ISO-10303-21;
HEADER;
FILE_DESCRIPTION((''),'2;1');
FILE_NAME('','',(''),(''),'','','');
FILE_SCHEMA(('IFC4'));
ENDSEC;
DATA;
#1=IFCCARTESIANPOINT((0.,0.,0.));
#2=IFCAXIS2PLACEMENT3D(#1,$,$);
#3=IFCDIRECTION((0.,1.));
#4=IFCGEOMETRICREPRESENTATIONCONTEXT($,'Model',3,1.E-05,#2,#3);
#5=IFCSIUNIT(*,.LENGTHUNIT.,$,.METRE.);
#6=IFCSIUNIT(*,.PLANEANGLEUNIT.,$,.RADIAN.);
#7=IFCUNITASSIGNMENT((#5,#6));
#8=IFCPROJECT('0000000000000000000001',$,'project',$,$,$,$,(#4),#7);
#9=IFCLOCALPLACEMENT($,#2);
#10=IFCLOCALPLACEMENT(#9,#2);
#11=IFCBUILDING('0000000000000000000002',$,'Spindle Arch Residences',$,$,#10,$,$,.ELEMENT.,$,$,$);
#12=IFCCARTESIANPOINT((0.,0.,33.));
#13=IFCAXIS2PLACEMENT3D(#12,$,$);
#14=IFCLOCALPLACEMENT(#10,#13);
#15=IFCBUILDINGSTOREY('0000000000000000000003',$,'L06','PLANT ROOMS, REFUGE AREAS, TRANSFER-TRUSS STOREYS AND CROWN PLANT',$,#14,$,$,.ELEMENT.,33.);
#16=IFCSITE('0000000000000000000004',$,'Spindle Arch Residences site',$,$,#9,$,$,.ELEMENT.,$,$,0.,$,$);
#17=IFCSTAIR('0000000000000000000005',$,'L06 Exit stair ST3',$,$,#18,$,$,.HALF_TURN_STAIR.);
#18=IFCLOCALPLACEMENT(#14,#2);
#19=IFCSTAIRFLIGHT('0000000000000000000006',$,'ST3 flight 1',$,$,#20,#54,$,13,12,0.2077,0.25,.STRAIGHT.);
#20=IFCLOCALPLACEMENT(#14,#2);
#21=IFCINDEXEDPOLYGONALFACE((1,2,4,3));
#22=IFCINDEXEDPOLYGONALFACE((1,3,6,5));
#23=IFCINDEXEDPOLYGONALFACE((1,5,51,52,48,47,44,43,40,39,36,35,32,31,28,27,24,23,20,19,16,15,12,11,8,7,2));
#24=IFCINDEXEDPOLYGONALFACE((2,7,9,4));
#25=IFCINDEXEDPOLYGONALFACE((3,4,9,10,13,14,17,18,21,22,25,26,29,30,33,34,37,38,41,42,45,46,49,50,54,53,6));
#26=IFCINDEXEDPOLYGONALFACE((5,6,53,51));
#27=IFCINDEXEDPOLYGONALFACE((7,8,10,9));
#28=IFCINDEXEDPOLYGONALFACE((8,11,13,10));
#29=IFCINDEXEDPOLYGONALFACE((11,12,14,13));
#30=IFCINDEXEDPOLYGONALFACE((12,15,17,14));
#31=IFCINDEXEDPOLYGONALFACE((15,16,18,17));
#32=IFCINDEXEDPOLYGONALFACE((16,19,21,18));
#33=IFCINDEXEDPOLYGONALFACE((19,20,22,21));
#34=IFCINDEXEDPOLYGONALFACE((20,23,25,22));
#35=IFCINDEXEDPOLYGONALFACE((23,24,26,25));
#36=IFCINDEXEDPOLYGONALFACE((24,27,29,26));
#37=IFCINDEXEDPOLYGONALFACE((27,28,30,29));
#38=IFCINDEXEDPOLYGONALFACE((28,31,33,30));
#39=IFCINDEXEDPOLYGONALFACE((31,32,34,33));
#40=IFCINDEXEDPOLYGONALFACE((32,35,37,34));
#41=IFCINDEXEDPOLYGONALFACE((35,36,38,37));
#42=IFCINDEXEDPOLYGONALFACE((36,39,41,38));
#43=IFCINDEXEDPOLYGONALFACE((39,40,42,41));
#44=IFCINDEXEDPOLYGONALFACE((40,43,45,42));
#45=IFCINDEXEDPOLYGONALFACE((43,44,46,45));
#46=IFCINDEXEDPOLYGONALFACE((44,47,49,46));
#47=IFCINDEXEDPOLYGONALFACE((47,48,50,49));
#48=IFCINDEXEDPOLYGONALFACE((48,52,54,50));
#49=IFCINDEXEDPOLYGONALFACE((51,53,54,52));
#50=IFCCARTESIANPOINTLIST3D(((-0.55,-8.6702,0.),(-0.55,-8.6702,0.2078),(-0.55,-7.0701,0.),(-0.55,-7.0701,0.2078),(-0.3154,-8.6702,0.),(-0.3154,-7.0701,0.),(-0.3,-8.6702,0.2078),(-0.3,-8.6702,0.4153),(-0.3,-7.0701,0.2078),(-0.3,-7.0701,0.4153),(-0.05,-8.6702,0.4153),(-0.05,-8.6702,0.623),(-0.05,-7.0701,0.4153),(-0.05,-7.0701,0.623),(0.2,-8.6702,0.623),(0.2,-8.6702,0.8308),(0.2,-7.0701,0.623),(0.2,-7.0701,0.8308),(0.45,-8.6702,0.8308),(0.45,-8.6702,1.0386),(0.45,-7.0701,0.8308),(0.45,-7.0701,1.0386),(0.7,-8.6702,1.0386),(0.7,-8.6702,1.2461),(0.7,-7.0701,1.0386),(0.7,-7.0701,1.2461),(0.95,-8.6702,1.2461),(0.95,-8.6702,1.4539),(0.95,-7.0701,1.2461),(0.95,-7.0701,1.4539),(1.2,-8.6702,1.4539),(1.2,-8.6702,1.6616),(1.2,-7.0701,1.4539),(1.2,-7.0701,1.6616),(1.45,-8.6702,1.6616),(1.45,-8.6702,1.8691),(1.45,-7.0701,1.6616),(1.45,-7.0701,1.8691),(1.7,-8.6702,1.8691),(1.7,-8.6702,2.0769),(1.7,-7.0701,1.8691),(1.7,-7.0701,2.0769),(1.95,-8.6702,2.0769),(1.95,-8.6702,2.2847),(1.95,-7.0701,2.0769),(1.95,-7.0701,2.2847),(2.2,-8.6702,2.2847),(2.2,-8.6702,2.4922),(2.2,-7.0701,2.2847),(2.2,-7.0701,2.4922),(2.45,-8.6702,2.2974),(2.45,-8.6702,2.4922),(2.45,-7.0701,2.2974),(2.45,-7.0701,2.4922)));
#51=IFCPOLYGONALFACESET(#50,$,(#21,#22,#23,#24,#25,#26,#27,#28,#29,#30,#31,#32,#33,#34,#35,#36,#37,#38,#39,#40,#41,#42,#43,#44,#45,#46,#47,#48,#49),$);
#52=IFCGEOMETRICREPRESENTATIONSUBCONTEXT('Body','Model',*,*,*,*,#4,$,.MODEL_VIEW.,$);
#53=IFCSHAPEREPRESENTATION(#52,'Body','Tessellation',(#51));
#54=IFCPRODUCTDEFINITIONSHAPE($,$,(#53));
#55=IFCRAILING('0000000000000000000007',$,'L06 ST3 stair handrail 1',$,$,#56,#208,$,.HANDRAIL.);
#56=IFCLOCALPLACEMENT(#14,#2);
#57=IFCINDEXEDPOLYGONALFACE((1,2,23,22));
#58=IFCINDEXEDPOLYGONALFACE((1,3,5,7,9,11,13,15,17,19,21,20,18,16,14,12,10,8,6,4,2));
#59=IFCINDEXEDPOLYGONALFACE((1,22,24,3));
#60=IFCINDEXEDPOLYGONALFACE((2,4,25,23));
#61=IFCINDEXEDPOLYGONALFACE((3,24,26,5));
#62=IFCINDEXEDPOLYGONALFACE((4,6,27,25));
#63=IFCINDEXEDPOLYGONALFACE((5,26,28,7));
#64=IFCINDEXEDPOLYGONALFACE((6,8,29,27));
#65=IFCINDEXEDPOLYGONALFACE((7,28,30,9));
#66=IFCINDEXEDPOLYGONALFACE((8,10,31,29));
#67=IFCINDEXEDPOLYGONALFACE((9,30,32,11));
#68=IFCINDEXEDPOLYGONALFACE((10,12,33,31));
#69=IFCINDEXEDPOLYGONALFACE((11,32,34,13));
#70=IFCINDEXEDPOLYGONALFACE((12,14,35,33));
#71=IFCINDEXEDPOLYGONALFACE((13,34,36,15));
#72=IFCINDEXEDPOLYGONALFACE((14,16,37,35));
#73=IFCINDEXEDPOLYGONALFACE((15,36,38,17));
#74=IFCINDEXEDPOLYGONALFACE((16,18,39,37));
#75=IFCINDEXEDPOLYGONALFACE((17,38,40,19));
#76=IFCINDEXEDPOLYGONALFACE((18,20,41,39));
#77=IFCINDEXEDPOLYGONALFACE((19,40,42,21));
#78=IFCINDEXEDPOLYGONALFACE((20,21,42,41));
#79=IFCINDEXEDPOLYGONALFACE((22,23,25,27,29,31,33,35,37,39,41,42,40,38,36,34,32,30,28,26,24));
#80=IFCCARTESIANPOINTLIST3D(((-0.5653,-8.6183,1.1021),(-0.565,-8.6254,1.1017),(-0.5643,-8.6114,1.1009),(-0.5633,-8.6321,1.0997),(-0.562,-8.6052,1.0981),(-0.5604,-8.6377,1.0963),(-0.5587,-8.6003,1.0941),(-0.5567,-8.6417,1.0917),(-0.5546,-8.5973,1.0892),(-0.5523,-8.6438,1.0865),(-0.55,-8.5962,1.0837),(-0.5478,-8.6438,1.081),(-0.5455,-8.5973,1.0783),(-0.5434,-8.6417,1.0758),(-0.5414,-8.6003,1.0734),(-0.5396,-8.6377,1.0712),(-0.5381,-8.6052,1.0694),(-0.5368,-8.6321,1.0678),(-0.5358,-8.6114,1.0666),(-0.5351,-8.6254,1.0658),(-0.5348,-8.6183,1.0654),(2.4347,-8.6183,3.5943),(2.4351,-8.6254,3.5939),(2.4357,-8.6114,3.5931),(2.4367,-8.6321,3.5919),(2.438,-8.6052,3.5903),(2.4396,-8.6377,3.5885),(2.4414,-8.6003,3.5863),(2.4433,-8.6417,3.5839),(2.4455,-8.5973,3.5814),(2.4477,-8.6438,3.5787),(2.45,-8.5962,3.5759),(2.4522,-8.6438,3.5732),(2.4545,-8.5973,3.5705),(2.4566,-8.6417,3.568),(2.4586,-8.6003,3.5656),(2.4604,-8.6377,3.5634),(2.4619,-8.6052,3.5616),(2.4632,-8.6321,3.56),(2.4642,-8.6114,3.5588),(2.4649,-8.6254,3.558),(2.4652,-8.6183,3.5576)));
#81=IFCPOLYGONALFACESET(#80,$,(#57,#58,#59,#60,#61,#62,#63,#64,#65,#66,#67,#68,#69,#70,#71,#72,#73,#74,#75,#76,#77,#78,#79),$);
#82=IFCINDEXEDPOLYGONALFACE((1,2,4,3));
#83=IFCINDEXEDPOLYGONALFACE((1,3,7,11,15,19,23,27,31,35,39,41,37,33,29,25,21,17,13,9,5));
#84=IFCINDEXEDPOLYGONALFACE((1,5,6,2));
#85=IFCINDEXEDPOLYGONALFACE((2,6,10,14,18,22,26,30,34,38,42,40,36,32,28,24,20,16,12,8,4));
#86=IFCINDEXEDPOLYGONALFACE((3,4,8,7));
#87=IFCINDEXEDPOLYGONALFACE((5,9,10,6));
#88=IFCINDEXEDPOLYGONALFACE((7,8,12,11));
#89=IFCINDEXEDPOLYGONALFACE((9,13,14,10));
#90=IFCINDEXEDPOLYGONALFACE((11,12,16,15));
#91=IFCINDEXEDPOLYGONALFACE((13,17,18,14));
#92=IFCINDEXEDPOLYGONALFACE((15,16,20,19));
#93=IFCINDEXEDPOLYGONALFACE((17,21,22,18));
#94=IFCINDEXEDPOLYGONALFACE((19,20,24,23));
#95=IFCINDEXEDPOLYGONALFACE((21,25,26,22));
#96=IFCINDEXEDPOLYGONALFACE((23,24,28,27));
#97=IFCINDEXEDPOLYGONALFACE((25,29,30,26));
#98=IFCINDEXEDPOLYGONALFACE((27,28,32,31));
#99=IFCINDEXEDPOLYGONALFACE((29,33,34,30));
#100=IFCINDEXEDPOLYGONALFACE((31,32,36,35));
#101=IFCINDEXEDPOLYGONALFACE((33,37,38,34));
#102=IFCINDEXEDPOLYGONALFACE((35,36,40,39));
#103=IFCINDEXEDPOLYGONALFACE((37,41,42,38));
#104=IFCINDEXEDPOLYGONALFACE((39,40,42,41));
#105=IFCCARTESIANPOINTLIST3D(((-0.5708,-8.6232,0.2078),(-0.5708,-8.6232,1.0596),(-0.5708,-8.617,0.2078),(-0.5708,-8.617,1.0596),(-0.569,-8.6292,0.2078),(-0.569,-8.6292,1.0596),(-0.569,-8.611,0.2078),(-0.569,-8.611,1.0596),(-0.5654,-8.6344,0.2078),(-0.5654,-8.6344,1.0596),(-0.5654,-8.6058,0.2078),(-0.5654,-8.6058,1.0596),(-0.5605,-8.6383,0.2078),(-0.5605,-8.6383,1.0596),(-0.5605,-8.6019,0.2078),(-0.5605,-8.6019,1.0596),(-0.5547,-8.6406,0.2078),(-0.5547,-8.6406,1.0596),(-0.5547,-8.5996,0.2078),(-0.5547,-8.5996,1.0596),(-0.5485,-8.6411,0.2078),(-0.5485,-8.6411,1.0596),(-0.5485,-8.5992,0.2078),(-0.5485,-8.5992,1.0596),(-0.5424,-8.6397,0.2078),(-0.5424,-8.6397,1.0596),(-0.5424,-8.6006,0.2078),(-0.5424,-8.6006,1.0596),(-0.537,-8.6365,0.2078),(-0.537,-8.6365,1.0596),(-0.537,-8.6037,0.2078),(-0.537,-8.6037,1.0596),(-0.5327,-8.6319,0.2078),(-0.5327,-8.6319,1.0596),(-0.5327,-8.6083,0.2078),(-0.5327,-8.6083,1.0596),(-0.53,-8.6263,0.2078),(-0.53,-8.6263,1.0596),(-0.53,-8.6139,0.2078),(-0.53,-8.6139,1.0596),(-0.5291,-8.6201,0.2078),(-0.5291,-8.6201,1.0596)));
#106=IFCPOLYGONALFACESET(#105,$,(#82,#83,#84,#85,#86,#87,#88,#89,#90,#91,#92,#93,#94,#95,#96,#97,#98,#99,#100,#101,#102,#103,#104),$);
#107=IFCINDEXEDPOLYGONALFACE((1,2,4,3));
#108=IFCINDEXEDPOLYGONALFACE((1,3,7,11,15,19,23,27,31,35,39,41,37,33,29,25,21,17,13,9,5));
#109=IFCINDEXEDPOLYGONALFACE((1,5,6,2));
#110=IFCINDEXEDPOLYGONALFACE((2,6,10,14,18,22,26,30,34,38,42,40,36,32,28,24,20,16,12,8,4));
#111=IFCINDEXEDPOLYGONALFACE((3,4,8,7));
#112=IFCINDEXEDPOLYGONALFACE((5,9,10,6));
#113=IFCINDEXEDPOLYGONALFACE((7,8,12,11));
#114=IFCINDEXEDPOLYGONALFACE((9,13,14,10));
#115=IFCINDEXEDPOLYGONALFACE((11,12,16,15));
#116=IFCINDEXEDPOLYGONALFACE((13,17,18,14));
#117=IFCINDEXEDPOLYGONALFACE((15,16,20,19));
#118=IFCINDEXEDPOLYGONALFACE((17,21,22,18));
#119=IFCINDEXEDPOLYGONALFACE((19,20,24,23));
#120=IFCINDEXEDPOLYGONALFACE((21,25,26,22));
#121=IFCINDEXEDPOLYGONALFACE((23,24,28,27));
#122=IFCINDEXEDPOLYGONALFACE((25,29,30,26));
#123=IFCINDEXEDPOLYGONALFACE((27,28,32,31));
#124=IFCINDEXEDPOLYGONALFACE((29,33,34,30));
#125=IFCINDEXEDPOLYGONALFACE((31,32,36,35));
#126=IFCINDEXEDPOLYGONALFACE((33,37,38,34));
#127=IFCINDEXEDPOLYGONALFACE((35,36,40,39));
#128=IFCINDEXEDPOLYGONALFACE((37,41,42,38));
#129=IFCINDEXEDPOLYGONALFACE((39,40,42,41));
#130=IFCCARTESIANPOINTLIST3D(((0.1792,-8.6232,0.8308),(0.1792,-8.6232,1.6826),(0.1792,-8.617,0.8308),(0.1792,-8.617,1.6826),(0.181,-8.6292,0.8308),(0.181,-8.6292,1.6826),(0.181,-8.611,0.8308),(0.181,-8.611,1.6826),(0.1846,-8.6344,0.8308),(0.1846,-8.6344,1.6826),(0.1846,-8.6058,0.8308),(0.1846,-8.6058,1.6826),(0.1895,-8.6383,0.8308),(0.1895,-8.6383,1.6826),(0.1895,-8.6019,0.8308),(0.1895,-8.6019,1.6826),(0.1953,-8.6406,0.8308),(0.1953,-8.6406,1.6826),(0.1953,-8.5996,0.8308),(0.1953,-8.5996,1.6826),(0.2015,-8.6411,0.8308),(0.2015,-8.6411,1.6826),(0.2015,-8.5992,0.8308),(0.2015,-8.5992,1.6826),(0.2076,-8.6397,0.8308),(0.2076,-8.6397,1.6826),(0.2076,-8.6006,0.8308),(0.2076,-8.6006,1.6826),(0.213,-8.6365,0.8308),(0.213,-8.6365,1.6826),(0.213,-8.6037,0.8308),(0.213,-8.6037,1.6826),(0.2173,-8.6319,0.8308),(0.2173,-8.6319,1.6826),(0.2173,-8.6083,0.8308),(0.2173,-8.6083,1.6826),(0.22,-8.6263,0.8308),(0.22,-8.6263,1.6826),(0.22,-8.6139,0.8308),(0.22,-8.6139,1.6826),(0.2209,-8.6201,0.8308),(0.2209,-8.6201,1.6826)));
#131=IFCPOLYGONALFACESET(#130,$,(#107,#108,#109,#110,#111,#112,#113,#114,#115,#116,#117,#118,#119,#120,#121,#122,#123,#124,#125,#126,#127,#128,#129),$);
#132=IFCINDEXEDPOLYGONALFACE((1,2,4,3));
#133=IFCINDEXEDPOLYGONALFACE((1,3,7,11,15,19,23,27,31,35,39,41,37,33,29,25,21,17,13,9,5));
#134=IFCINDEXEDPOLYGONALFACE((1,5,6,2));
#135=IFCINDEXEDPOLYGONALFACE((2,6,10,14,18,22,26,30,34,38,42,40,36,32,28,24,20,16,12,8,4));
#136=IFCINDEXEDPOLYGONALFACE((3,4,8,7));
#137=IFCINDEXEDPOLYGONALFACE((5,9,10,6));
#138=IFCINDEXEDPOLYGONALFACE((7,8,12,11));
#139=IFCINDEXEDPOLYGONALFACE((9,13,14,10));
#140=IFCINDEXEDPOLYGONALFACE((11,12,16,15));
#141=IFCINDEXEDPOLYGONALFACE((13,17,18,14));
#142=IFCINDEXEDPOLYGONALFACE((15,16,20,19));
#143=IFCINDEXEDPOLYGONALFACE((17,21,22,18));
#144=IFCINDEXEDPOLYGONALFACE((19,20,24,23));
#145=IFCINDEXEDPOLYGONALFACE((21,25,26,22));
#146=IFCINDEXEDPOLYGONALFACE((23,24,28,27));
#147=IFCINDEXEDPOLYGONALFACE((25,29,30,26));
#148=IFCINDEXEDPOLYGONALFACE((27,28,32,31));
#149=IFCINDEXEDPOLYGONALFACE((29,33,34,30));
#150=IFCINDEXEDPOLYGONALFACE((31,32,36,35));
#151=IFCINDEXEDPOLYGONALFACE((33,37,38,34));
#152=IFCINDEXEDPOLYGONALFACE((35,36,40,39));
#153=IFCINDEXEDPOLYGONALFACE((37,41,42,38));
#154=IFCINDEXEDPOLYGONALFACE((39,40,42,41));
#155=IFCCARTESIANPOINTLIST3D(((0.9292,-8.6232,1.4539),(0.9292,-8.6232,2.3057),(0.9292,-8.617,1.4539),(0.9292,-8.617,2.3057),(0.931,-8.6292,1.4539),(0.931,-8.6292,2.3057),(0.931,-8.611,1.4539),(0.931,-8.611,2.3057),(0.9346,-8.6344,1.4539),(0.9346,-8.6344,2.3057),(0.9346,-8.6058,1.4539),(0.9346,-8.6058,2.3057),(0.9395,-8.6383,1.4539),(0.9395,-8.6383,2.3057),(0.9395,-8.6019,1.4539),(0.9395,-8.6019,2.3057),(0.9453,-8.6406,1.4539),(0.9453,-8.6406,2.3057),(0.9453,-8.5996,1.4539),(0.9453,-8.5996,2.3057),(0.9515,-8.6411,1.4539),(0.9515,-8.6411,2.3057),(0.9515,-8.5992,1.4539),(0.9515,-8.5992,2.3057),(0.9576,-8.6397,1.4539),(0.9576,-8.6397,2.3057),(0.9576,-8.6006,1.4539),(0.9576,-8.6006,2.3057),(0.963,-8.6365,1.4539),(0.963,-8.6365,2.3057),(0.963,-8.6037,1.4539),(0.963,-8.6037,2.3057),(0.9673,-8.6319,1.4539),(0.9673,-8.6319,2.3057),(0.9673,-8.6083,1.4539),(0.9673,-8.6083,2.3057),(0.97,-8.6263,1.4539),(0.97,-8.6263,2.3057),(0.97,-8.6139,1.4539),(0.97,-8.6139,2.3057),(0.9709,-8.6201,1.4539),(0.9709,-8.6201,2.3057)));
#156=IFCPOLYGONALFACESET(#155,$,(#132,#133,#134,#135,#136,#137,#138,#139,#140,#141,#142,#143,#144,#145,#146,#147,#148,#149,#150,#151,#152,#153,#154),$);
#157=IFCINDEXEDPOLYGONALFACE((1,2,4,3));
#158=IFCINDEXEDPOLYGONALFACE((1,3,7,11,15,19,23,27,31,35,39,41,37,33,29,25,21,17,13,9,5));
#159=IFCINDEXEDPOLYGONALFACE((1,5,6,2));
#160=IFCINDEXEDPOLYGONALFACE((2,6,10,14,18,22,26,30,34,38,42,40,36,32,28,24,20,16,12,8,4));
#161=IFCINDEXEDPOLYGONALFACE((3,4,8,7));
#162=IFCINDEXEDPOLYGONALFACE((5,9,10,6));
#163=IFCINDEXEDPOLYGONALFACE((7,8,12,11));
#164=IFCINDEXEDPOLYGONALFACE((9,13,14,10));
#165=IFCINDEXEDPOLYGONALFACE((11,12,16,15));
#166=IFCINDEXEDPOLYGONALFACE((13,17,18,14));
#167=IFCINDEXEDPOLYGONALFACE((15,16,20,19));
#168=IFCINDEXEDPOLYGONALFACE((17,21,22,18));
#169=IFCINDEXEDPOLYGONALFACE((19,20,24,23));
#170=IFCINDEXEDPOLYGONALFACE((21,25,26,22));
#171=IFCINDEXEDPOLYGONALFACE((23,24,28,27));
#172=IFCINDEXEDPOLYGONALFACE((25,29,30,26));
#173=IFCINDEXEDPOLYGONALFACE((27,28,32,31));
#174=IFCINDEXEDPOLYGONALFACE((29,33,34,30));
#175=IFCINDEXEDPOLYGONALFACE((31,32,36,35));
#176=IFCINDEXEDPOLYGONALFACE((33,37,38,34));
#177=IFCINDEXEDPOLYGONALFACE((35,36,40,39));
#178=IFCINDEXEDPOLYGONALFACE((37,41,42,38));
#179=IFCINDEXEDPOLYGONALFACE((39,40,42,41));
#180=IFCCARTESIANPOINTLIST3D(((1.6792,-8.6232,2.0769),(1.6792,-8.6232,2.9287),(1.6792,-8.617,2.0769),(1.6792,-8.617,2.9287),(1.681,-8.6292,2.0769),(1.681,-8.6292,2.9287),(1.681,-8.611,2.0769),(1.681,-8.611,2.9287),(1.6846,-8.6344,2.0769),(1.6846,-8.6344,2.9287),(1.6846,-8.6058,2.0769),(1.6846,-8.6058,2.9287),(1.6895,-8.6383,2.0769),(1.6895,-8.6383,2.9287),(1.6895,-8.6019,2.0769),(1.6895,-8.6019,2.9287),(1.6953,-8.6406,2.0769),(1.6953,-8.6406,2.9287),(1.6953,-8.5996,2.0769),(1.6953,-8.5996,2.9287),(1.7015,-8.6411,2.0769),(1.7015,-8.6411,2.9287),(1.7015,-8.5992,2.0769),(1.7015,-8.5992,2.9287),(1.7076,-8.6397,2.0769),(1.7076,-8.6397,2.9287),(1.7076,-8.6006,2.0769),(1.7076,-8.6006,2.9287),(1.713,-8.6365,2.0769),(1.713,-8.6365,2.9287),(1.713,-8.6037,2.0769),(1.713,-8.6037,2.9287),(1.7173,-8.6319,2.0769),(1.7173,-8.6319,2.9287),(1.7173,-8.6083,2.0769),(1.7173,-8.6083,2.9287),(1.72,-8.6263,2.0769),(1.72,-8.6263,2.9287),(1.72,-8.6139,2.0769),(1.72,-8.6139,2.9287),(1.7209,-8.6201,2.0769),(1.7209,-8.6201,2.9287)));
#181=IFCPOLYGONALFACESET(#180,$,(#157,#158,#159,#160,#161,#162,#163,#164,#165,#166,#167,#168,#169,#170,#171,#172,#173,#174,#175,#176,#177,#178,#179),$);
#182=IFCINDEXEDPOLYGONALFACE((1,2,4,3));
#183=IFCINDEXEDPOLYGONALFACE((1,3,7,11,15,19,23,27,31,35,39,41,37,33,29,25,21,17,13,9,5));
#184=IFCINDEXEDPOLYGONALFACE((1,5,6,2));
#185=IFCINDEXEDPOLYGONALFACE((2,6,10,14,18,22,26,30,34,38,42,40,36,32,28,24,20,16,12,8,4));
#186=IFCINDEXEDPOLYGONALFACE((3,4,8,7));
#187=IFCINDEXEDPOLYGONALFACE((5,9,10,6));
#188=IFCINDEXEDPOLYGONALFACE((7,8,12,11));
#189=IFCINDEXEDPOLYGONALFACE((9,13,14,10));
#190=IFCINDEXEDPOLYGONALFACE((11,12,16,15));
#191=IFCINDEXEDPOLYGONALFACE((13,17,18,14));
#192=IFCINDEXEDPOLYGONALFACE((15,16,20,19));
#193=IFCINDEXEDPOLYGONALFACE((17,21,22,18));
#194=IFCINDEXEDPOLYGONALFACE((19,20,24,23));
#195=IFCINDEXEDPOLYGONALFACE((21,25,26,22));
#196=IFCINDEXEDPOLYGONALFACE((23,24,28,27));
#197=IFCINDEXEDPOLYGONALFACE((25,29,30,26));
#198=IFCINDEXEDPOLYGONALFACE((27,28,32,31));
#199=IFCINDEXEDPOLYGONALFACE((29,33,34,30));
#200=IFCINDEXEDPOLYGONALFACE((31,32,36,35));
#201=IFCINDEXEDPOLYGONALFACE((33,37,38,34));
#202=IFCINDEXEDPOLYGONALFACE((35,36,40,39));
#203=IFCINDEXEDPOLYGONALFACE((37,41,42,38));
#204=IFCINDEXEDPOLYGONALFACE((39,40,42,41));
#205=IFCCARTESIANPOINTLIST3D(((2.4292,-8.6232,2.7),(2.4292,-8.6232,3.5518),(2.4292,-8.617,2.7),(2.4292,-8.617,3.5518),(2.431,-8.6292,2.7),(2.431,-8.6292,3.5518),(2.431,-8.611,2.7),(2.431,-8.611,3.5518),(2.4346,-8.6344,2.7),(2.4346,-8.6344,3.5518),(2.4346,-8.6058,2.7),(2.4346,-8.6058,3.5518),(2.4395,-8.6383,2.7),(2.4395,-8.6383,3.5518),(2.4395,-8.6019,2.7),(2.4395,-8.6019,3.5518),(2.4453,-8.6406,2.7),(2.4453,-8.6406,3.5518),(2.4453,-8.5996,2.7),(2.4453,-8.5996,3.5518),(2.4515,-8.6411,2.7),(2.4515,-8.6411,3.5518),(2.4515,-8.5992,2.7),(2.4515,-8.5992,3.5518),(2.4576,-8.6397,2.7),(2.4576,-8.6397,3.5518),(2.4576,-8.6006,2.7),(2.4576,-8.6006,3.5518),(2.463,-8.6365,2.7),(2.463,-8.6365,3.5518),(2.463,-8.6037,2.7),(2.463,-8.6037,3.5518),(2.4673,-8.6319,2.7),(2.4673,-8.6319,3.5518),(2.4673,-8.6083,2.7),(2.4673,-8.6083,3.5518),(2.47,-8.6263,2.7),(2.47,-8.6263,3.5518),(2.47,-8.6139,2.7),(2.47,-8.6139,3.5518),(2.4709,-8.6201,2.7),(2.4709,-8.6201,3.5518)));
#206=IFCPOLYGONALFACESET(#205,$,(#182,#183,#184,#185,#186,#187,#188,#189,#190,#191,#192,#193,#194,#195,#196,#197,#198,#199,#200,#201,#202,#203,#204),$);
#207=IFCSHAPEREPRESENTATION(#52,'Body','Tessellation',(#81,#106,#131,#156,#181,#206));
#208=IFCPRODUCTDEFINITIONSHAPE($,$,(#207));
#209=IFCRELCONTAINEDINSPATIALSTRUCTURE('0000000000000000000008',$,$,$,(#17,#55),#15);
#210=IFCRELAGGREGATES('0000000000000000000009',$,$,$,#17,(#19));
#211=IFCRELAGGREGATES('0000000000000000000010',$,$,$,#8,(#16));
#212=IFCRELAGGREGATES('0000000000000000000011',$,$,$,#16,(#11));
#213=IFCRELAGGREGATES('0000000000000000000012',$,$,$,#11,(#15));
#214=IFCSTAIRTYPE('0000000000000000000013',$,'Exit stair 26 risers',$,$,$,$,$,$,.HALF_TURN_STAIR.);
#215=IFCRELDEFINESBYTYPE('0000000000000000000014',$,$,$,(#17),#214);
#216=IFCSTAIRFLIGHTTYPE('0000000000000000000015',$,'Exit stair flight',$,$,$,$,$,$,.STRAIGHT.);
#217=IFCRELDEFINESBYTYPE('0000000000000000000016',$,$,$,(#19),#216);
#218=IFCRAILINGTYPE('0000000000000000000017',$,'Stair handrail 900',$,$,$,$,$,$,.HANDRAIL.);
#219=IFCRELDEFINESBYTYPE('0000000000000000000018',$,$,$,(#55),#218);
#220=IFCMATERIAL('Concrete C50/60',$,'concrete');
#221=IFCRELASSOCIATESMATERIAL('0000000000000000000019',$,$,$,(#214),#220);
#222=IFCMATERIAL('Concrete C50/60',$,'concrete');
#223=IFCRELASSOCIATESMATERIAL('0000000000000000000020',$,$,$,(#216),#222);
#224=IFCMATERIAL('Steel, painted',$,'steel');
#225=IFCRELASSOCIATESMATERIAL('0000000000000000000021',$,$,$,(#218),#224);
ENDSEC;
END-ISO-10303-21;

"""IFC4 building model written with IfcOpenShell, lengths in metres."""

from ifc_helpers import new_model, si_unit, direction, frame, origin, origin_2d, place, context, subcontext, project, spatial, polyline, circle, outline, extrude, material, type_object, element, aggregate, save


model = new_model("IFC4")

# Units and contexts
model_context = context("Model", 3, precision=1e-05, world=origin(), true_north=direction((0.0, 1.0)))
body_context = subcontext(model_context, "Body", "Model", "MODEL_VIEW")
ifc_project = project(units=[si_unit("LENGTHUNIT", "METRE"), si_unit("PLANEANGLEUNIT", "RADIAN")], contexts=[model_context])

# Site, building, storey
site_placement = place(None, origin())
site = spatial("IfcSite", under=ifc_project, at=site_placement, Name="Spindle Arch Residences site", CompositionType="ELEMENT", RefElevation=0.0)
building_placement = place(site_placement, origin())
building = spatial("IfcBuilding", under=site, at=building_placement, Name="Spindle Arch Residences", CompositionType="ELEMENT")
storey_placement = place(building_placement, frame((0.0, 0.0, 33.0)))
storey = spatial("IfcBuildingStorey", under=building, at=storey_placement, Name="L06", Description="PLANT ROOMS, REFUGE AREAS, TRANSFER-TRUSS STOREYS AND CROWN PLANT", CompositionType="ELEMENT", Elevation=33.0)

# Stair, stair flight
ifc_material_1 = material(Name="Concrete C50/60", Category="concrete")
stair_type = type_object("IfcStairType", Name="Exit stair 26 risers", PredefinedType="HALF_TURN_STAIR", material=ifc_material_1)
stair_placement = place(storey_placement, origin())
stair = element("IfcStair", 1, at=stair_placement, inside=storey, type_object=stair_type, Name="L06 Exit stair ST3", PredefinedType="HALF_TURN_STAIR")
ifc_material_2 = material(Name="Concrete C50/60", Category="concrete")
stair_flight_type = type_object("IfcStairFlightType", Name="Exit stair flight", PredefinedType="STRAIGHT", material=ifc_material_2)
stair_flight_placement = place(storey_placement, frame((-0.55, -7.8701, 0.0), z_axis=(0.0, 0.0, 1.0), x_axis=(1.0, 0.0, 0.0)))
stair_flight = element("IfcStairFlight", 2, at=stair_flight_placement, type_object=stair_flight_type, Name="ST3 flight 1", NumberOfRisers=13, NumberOfTreads=12, PredefinedType="STRAIGHT", RiserHeight=0.2077, TreadLength=0.25, context=body_context, shape_type="SweptSolid", body=[
    extrude(outline(polyline([(0.0, 0.0), (0.0, 0.2078), (0.25, 0.2078), (0.25, 0.4153), (0.5, 0.4153), (0.5, 0.623), (0.75, 0.623), (0.75, 0.8308), (1.0, 0.8308), (1.0, 1.0386), (1.25, 1.0386), (1.25, 1.2461), (1.5, 1.2461), (1.5, 1.4539), (1.75, 1.4539), (1.75, 1.6616), (2.0, 1.6616), (2.0, 1.8691), (2.25, 1.8691), (2.25, 2.0769), (2.5, 2.0769), (2.5, 2.2847), (2.75, 2.2847), (2.75, 2.4922), (3.0, 2.4922), (3.0, 2.7), (3.0, 2.2974), (0.2346, 0.0), (0.0, 0.0)])), frame((0.0, 0.8, 0.0), z_axis=(0.0, -1.0, 0.0), x_axis=(1.0, 0.0, 0.0)), (0.0, 0.0, 1.0), 1.6001),
])
aggregate(stair, [stair_flight])

# Railing
ifc_material_3 = material(Name="Steel, painted", Category="steel")
railing_type_1 = type_object("IfcRailingType", Name="Stair handrail 900", PredefinedType="HANDRAIL", material=ifc_material_3)
railing_1_placement = place(storey_placement, frame((-0.55, -8.6201, 0.2078)))
element("IfcRailing", 3, at=railing_1_placement, inside=storey, type_object=railing_type_1, Name="L06 ST3 stair handrail 1", PredefinedType="HANDRAIL", context=body_context, shape_type="SweptSolid", body=[
    extrude(circle(Radius=0.0239, at=origin_2d()), frame((0.0, 0.0, 0.876), z_axis=(0.769206, 0.0, 0.639001), x_axis=(0.0, 1.0, 0.0)), (0.0, 0.0, 1.0), 3.9001),
    extrude(circle(Radius=0.021, at=origin_2d()), origin(), (0.0, 0.0, 1.0), 0.8518),
    extrude(circle(Radius=0.021, at=origin_2d()), frame((0.75, 0.0, 0.623)), (0.0, 0.0, 1.0), 0.8518),
    extrude(circle(Radius=0.021, at=origin_2d()), frame((1.5, 0.0, 1.2461)), (0.0, 0.0, 1.0), 0.8518),
    extrude(circle(Radius=0.021, at=origin_2d()), frame((2.25, 0.0, 1.8691)), (0.0, 0.0, 1.0), 0.8518),
    extrude(circle(Radius=0.021, at=origin_2d()), frame((3.0, 0.0, 2.4922)), (0.0, 0.0, 1.0), 0.8518),
])

save(model, "model.ifc")
